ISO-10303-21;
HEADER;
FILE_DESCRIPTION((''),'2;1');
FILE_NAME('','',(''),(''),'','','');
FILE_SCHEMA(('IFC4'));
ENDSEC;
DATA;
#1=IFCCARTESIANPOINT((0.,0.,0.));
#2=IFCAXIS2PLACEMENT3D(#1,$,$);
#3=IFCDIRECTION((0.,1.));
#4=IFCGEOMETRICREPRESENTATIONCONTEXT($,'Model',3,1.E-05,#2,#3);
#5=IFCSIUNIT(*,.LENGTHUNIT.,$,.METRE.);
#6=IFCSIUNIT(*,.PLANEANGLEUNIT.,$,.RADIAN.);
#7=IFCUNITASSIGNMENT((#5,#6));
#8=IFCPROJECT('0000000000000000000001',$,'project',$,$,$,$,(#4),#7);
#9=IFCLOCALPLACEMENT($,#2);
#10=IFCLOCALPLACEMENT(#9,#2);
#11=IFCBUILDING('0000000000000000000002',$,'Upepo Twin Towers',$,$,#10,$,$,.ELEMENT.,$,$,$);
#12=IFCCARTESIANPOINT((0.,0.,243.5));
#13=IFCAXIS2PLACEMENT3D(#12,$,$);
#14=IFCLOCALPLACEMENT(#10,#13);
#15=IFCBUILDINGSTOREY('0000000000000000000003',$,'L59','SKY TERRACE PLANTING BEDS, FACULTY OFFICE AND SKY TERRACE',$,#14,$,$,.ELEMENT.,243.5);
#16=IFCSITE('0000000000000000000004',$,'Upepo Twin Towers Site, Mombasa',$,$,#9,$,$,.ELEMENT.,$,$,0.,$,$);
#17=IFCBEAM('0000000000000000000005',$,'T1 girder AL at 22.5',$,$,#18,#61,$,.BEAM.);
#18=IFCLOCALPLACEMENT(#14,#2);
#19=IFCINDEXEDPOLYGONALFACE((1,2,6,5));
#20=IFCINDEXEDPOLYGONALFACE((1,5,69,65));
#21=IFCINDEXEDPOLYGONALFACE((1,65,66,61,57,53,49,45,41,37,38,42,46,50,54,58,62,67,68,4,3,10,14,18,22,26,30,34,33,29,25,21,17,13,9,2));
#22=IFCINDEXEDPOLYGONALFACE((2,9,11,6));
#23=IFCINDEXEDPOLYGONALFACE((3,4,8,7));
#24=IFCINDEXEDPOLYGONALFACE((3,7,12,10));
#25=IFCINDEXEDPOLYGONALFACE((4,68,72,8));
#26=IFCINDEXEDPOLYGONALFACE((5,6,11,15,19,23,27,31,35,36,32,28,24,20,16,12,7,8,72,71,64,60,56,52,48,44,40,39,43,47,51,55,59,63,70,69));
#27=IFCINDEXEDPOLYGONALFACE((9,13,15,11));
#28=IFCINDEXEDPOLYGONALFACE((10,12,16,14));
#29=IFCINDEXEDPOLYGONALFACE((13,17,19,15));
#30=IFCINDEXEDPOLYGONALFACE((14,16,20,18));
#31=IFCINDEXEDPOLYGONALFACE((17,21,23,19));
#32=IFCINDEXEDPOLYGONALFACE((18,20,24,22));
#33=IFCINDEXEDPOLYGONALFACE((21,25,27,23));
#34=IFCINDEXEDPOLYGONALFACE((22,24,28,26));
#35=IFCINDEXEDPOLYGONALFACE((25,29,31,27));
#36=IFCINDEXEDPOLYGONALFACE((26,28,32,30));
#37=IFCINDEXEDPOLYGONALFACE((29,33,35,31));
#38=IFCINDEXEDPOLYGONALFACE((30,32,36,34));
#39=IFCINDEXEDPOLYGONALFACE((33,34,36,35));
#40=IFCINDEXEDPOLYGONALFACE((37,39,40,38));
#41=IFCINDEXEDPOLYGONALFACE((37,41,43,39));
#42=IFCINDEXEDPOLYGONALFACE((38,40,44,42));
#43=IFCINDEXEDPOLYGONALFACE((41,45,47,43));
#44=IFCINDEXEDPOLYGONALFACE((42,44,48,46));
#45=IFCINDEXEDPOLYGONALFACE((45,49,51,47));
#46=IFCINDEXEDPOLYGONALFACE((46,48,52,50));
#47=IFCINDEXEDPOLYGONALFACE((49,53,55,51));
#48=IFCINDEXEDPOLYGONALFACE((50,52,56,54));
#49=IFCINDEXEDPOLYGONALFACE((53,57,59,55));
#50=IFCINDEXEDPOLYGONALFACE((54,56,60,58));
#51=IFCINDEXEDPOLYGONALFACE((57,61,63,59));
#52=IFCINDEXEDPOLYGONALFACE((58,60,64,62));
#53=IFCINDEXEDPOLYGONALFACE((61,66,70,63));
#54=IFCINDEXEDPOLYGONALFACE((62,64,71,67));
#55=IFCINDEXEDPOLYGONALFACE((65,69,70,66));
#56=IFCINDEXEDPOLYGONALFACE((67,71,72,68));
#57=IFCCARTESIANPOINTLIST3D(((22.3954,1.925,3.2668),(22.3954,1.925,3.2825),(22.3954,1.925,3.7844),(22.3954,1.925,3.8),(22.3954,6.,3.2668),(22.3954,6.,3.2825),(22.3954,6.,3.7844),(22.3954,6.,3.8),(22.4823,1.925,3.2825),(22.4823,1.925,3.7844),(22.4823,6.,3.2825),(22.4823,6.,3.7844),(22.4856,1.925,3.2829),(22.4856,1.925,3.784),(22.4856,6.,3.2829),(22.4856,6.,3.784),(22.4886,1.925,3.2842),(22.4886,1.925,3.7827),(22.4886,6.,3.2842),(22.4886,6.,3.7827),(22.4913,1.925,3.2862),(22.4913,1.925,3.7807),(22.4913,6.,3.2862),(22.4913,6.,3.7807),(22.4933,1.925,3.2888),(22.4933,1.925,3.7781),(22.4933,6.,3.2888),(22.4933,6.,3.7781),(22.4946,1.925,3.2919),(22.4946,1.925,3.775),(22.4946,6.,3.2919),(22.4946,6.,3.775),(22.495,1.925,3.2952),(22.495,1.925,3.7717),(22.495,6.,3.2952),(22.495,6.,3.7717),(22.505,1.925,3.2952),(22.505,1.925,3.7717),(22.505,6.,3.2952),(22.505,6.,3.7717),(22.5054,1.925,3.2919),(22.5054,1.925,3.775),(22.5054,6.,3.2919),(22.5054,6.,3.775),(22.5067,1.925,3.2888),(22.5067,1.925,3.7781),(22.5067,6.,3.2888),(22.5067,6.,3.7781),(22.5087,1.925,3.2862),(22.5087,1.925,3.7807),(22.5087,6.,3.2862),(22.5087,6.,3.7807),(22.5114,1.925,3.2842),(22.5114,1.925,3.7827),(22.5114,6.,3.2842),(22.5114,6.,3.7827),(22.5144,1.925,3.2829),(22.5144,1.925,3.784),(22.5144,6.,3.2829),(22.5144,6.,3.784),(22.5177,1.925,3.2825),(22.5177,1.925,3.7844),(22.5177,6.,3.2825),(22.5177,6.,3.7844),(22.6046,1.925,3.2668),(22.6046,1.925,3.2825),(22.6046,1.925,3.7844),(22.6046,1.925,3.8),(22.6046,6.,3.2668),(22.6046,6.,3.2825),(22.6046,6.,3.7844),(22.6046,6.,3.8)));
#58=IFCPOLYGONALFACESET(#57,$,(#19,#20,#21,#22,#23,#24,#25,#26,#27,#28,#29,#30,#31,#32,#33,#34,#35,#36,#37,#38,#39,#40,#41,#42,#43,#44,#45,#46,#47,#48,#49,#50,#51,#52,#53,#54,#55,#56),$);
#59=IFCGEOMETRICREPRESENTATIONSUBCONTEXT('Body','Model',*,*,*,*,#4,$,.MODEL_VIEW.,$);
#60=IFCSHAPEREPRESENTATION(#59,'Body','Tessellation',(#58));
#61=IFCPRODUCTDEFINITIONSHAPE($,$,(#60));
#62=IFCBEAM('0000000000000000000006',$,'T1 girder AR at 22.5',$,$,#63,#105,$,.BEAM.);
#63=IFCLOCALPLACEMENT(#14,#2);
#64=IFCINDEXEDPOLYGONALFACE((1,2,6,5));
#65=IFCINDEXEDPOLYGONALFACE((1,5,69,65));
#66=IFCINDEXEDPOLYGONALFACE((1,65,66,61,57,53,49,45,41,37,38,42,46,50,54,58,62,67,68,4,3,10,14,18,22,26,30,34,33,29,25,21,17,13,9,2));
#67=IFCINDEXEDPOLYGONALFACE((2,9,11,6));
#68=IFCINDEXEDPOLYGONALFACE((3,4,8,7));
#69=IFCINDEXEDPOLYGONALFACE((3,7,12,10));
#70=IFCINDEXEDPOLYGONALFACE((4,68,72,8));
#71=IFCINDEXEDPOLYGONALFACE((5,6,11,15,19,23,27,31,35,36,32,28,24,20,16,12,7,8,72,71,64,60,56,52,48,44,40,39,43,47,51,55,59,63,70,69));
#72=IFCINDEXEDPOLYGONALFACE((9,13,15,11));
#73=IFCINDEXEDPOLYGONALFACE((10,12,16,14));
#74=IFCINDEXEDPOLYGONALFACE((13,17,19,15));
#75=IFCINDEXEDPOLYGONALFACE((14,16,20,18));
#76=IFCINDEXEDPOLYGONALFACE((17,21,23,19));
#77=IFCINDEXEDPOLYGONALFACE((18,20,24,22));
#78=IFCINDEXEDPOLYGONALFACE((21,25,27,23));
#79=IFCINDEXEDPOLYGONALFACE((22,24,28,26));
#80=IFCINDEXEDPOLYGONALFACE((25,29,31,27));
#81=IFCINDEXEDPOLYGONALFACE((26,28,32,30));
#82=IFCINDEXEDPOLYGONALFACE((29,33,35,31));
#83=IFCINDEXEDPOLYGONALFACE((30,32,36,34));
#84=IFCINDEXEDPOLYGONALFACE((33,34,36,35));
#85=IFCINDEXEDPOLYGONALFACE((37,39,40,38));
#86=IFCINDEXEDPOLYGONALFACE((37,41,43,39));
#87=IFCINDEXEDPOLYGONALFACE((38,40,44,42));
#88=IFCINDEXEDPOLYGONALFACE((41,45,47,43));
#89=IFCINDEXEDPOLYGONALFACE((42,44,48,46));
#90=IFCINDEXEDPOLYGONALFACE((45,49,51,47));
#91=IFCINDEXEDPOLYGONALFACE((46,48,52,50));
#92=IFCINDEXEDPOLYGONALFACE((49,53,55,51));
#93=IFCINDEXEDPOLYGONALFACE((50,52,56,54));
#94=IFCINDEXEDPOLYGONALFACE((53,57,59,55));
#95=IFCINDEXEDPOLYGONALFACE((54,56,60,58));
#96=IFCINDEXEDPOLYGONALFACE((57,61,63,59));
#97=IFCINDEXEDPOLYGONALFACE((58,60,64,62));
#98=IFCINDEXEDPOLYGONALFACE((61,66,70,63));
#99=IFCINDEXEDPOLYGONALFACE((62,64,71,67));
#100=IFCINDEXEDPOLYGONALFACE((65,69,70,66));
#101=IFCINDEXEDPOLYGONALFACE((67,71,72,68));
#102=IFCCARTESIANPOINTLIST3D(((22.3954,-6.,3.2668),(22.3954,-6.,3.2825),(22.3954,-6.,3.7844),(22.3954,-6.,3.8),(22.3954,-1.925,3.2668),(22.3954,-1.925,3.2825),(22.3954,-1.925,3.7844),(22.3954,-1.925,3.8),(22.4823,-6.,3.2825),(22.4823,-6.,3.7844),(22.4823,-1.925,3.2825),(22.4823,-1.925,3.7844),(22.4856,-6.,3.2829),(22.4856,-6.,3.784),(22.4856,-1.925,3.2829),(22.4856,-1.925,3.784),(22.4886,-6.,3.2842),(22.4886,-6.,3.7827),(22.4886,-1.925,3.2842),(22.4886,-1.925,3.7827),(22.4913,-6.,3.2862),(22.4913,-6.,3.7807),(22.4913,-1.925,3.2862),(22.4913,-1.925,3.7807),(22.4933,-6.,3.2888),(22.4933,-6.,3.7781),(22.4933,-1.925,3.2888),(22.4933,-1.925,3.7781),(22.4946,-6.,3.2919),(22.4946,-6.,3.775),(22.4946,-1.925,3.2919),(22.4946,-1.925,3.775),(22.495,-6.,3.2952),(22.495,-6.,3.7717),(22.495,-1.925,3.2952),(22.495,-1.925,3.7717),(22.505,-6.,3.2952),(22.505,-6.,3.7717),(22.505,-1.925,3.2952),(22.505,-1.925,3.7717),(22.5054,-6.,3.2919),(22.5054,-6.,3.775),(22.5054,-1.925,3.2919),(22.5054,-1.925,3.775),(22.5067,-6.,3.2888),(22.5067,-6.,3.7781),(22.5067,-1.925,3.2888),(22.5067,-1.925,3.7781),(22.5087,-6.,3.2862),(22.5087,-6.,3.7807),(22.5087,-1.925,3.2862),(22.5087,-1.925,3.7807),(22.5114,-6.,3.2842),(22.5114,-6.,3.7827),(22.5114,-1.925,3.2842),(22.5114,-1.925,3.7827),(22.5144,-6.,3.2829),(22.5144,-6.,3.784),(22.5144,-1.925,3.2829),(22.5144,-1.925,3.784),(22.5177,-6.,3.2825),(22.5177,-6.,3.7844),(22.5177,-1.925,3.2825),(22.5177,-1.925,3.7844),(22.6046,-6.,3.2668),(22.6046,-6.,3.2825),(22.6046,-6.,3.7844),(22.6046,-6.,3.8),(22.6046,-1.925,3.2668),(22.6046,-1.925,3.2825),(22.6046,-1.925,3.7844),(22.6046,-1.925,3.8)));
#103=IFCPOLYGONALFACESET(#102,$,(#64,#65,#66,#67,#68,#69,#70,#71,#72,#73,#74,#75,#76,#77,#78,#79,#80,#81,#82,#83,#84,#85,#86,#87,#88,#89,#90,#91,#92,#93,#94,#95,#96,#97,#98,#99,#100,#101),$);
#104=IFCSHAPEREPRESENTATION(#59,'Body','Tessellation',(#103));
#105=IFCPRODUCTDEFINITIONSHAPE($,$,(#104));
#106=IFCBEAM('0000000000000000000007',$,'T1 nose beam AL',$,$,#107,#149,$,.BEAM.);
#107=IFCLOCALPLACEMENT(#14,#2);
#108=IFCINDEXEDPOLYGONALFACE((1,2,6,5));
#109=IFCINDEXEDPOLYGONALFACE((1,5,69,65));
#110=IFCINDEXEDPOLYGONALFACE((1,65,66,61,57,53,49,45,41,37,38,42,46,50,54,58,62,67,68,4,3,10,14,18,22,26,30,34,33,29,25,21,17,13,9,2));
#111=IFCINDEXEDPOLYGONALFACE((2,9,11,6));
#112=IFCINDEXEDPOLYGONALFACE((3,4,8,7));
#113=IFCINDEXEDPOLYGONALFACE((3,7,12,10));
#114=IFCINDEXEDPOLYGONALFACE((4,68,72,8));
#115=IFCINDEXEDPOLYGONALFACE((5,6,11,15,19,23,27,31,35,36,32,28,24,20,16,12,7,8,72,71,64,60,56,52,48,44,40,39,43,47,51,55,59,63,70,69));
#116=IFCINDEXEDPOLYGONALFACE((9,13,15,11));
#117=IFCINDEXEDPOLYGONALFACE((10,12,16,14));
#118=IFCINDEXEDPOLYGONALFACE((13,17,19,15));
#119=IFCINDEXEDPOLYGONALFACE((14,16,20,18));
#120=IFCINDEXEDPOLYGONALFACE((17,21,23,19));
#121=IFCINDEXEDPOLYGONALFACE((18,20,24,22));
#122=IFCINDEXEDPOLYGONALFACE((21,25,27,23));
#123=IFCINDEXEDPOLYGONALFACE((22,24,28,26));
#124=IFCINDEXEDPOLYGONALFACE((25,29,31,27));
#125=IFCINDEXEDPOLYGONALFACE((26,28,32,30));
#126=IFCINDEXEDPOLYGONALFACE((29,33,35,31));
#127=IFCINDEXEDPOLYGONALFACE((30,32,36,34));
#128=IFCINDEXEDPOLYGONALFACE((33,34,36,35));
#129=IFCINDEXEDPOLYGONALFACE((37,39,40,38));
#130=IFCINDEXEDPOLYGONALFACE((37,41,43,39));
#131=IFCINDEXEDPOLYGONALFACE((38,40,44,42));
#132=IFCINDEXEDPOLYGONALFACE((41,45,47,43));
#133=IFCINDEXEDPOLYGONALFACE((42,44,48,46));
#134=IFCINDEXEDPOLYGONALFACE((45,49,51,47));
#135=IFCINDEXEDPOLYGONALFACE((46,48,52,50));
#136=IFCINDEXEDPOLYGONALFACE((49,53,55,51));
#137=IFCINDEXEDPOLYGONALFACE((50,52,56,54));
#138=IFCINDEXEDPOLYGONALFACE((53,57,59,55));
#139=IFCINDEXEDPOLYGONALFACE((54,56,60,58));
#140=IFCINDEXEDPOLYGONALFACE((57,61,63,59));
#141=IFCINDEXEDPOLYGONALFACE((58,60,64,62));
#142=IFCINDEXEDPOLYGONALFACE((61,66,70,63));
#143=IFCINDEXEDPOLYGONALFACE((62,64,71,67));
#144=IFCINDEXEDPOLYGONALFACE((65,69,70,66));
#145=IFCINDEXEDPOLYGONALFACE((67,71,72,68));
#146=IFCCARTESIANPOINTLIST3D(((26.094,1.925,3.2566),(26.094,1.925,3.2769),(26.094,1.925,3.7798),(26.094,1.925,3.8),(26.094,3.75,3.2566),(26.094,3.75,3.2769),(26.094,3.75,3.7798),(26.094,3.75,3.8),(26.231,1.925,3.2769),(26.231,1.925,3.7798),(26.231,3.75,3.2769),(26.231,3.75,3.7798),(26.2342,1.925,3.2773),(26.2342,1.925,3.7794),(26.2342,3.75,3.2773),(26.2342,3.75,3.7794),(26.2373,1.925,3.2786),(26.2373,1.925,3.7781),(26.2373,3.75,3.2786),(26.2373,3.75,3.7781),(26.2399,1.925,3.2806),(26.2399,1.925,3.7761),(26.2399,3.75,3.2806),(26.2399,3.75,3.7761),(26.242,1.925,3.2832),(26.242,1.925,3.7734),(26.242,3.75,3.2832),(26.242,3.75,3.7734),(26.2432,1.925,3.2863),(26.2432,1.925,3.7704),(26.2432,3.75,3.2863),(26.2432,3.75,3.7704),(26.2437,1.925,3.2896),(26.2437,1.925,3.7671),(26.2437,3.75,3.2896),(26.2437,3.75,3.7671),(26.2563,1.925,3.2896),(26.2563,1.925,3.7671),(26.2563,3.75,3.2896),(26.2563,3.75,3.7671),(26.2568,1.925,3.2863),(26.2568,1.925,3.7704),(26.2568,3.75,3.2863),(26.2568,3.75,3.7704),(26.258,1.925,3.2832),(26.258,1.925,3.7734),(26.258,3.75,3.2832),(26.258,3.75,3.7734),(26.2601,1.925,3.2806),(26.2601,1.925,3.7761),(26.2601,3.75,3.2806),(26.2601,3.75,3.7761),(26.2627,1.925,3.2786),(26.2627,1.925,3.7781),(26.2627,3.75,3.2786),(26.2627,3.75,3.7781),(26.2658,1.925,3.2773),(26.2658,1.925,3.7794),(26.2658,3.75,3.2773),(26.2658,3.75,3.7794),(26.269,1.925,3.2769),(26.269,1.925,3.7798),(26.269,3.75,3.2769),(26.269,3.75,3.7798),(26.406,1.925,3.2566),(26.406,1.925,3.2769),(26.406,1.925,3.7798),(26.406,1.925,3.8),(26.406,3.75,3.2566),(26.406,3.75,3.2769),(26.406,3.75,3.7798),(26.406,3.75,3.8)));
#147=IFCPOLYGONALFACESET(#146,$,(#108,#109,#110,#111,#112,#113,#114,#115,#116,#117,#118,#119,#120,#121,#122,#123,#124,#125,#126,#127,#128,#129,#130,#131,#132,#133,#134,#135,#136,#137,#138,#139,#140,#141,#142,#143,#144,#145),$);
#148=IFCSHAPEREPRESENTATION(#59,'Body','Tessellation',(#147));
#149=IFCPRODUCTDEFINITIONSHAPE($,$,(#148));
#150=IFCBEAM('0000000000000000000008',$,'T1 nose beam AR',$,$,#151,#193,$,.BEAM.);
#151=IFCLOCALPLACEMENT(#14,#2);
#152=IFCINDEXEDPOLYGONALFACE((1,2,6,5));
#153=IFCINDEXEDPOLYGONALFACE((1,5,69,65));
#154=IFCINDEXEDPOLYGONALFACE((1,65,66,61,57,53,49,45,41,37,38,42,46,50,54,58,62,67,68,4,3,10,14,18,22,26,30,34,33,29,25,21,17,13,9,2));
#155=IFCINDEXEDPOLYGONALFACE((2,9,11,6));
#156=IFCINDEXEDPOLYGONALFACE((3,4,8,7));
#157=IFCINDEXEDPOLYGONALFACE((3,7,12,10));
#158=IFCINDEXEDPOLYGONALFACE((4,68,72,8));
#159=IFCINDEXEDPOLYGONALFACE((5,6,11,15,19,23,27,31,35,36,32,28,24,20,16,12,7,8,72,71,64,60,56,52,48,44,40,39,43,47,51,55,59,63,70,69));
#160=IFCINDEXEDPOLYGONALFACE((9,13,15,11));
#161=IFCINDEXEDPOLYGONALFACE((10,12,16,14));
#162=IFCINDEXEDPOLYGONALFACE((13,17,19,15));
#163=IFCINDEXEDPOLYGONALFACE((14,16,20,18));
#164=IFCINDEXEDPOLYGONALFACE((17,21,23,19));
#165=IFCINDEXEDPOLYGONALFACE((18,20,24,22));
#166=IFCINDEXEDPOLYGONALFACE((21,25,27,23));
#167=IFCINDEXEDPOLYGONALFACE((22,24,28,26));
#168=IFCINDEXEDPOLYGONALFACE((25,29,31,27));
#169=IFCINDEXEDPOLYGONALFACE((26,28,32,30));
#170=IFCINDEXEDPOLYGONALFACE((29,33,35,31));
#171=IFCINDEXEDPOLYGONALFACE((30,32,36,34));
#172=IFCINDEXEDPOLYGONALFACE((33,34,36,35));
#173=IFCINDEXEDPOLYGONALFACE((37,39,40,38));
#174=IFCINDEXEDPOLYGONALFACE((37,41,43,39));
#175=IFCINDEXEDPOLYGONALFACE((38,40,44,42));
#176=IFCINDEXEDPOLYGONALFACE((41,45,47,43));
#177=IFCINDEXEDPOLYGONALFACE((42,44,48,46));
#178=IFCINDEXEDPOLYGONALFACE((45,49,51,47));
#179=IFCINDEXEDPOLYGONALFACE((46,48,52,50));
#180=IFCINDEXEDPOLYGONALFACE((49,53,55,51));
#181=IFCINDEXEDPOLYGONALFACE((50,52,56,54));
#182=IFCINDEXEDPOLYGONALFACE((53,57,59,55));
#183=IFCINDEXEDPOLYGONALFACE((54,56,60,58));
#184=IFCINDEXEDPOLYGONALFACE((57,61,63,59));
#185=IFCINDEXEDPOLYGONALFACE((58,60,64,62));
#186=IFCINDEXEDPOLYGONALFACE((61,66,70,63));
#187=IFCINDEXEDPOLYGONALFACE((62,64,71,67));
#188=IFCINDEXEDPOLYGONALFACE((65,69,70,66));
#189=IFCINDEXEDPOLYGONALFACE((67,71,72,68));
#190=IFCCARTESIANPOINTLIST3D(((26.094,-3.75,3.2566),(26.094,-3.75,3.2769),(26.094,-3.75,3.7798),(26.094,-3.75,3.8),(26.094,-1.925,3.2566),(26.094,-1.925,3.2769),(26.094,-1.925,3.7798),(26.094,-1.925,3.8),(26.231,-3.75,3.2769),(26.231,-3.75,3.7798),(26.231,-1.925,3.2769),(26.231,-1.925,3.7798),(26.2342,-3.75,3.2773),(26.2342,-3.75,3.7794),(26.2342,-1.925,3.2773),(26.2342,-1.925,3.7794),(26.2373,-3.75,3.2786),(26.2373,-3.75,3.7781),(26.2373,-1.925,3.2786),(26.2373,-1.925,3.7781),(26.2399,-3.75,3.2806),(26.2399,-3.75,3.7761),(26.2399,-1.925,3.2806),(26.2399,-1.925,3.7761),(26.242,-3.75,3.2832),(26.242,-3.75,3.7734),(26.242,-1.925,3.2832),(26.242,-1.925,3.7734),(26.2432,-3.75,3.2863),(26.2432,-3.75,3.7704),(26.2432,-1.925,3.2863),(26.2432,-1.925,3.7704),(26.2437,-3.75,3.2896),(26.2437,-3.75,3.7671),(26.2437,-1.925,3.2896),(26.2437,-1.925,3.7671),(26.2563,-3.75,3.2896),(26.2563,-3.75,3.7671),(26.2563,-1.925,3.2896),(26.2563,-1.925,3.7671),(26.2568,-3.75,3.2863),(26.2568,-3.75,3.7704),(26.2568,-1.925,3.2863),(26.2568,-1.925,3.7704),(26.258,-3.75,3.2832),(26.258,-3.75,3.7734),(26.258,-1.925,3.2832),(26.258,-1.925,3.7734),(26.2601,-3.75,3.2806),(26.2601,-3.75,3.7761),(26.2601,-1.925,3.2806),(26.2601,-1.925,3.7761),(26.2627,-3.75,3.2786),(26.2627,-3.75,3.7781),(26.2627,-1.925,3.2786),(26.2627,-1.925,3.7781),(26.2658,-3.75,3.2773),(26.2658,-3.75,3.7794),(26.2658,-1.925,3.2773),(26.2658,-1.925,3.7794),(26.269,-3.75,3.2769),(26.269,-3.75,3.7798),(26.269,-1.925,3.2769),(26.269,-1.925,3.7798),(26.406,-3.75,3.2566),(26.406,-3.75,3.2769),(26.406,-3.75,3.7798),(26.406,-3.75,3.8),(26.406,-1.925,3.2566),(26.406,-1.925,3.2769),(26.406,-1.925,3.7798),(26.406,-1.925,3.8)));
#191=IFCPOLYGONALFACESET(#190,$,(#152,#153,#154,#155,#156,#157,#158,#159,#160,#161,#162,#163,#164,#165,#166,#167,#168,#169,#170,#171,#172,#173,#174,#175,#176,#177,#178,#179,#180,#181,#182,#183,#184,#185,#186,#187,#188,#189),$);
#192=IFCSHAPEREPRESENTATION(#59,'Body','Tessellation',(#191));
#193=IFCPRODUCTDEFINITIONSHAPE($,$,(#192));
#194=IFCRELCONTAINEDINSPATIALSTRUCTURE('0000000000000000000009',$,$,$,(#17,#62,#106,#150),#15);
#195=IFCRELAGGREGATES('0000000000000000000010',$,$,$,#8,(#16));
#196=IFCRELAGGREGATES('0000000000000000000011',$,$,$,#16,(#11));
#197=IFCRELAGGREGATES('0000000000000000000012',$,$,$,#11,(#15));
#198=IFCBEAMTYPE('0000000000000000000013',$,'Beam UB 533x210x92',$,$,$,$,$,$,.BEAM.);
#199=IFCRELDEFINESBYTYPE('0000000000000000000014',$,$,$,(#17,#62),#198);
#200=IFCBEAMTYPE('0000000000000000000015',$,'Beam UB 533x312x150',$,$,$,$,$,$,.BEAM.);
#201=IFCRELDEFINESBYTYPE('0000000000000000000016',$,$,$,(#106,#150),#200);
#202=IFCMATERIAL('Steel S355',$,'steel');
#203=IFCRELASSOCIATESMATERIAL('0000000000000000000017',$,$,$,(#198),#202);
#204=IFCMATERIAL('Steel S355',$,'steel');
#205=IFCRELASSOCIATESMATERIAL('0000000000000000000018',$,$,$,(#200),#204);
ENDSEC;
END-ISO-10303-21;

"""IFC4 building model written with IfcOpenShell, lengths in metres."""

from ifc_helpers import new_model, si_unit, direction, frame, origin, origin_2d, place, context, subcontext, project, spatial, i_section, extrude, material, material_profile, profile_set, type_object, element, save


model = new_model("IFC4")

# Units and contexts
model_context = context("Model", 3, precision=1e-05, world=origin(), true_north=direction((0.0, 1.0)))
body_context = subcontext(model_context, "Body", "Model", "MODEL_VIEW")
ifc_project = project(units=[si_unit("LENGTHUNIT", "METRE"), si_unit("PLANEANGLEUNIT", "RADIAN")], contexts=[model_context])

# Site, building, storey
site_placement = place(None, origin())
site = spatial("IfcSite", under=ifc_project, at=site_placement, Name="Upepo Twin Towers Site, Mombasa", CompositionType="ELEMENT", RefElevation=0.0)
building_placement = place(site_placement, origin())
building = spatial("IfcBuilding", under=site, at=building_placement, Name="Upepo Twin Towers", CompositionType="ELEMENT")
storey_placement = place(building_placement, frame((0.0, 0.0, 243.5)))
storey = spatial("IfcBuildingStorey", under=building, at=storey_placement, Name="L59", Description="SKY TERRACE PLANTING BEDS, FACULTY OFFICE AND SKY TERRACE", CompositionType="ELEMENT", Elevation=243.5)

# Beams
ifc_material_1 = material(Name="Steel S355", Category="steel")
ifc_material_profile_1 = material_profile(ifc_material_1, i_section(OverallWidth=0.2092, OverallDepth=0.5332, WebThickness=0.01, FlangeThickness=0.0156, FilletRadius=0.0127, at=origin_2d()), Name="UB 533x210x92")
ifc_profile_set_1 = profile_set([ifc_material_profile_1], Name="Steel S355")
beam_type_1 = type_object("IfcBeamType", Name="Beam UB 533x210x92", PredefinedType="BEAM", material=ifc_profile_set_1)
for number, where, z_axis, x_axis, name in (
    (1, (22.5, 6.0, 3.5334), (0.0, -1.0, 0.0), (1.0, 0.0, 0.0), "T1 girder AL at 22.5"),
    (2, (22.5, -6.0, 3.5334), (0.0, 1.0, 0.0), (-1.0, 0.0, 0.0), "T1 girder AR at 22.5"),
):
    element("IfcBeam", number, at=place(storey_placement, frame(where, z_axis=z_axis, x_axis=x_axis)), inside=storey, type_object=beam_type_1, Name=name, PredefinedType="BEAM", context=body_context, shape_type="SweptSolid", body=[
        extrude(i_section(OverallWidth=0.2092, OverallDepth=0.5332, WebThickness=0.01, FlangeThickness=0.0156, FilletRadius=0.0127, at=origin_2d()), origin(), (0.0, 0.0, 1.0), 4.075),
    ])
ifc_material_2 = material(Name="Steel S355", Category="steel")
ifc_material_profile_2 = material_profile(ifc_material_2, i_section(OverallWidth=0.312, OverallDepth=0.5435, WebThickness=0.0127, FlangeThickness=0.0203, FilletRadius=0.0127, at=origin_2d()), Name="UB 533x312x150")
ifc_profile_set_2 = profile_set([ifc_material_profile_2], Name="Steel S355")
beam_type_2 = type_object("IfcBeamType", Name="Beam UB 533x312x150", PredefinedType="BEAM", material=ifc_profile_set_2)
for number, where, z_axis, x_axis, name in (
    (3, (26.25, 3.75, 3.5283), (0.0, -1.0, 0.0), (1.0, 0.0, 0.0), "T1 nose beam AL"),
    (4, (26.25, -3.75, 3.5283), (0.0, 1.0, 0.0), (-1.0, 0.0, 0.0), "T1 nose beam AR"),
):
    element("IfcBeam", number, at=place(storey_placement, frame(where, z_axis=z_axis, x_axis=x_axis)), inside=storey, type_object=beam_type_2, Name=name, PredefinedType="BEAM", context=body_context, shape_type="SweptSolid", body=[
        extrude(i_section(OverallWidth=0.312, OverallDepth=0.5435, WebThickness=0.0127, FlangeThickness=0.0203, FilletRadius=0.0127, at=origin_2d()), origin(), (0.0, 0.0, 1.0), 1.825),
    ])

save(model, "model.ifc")
